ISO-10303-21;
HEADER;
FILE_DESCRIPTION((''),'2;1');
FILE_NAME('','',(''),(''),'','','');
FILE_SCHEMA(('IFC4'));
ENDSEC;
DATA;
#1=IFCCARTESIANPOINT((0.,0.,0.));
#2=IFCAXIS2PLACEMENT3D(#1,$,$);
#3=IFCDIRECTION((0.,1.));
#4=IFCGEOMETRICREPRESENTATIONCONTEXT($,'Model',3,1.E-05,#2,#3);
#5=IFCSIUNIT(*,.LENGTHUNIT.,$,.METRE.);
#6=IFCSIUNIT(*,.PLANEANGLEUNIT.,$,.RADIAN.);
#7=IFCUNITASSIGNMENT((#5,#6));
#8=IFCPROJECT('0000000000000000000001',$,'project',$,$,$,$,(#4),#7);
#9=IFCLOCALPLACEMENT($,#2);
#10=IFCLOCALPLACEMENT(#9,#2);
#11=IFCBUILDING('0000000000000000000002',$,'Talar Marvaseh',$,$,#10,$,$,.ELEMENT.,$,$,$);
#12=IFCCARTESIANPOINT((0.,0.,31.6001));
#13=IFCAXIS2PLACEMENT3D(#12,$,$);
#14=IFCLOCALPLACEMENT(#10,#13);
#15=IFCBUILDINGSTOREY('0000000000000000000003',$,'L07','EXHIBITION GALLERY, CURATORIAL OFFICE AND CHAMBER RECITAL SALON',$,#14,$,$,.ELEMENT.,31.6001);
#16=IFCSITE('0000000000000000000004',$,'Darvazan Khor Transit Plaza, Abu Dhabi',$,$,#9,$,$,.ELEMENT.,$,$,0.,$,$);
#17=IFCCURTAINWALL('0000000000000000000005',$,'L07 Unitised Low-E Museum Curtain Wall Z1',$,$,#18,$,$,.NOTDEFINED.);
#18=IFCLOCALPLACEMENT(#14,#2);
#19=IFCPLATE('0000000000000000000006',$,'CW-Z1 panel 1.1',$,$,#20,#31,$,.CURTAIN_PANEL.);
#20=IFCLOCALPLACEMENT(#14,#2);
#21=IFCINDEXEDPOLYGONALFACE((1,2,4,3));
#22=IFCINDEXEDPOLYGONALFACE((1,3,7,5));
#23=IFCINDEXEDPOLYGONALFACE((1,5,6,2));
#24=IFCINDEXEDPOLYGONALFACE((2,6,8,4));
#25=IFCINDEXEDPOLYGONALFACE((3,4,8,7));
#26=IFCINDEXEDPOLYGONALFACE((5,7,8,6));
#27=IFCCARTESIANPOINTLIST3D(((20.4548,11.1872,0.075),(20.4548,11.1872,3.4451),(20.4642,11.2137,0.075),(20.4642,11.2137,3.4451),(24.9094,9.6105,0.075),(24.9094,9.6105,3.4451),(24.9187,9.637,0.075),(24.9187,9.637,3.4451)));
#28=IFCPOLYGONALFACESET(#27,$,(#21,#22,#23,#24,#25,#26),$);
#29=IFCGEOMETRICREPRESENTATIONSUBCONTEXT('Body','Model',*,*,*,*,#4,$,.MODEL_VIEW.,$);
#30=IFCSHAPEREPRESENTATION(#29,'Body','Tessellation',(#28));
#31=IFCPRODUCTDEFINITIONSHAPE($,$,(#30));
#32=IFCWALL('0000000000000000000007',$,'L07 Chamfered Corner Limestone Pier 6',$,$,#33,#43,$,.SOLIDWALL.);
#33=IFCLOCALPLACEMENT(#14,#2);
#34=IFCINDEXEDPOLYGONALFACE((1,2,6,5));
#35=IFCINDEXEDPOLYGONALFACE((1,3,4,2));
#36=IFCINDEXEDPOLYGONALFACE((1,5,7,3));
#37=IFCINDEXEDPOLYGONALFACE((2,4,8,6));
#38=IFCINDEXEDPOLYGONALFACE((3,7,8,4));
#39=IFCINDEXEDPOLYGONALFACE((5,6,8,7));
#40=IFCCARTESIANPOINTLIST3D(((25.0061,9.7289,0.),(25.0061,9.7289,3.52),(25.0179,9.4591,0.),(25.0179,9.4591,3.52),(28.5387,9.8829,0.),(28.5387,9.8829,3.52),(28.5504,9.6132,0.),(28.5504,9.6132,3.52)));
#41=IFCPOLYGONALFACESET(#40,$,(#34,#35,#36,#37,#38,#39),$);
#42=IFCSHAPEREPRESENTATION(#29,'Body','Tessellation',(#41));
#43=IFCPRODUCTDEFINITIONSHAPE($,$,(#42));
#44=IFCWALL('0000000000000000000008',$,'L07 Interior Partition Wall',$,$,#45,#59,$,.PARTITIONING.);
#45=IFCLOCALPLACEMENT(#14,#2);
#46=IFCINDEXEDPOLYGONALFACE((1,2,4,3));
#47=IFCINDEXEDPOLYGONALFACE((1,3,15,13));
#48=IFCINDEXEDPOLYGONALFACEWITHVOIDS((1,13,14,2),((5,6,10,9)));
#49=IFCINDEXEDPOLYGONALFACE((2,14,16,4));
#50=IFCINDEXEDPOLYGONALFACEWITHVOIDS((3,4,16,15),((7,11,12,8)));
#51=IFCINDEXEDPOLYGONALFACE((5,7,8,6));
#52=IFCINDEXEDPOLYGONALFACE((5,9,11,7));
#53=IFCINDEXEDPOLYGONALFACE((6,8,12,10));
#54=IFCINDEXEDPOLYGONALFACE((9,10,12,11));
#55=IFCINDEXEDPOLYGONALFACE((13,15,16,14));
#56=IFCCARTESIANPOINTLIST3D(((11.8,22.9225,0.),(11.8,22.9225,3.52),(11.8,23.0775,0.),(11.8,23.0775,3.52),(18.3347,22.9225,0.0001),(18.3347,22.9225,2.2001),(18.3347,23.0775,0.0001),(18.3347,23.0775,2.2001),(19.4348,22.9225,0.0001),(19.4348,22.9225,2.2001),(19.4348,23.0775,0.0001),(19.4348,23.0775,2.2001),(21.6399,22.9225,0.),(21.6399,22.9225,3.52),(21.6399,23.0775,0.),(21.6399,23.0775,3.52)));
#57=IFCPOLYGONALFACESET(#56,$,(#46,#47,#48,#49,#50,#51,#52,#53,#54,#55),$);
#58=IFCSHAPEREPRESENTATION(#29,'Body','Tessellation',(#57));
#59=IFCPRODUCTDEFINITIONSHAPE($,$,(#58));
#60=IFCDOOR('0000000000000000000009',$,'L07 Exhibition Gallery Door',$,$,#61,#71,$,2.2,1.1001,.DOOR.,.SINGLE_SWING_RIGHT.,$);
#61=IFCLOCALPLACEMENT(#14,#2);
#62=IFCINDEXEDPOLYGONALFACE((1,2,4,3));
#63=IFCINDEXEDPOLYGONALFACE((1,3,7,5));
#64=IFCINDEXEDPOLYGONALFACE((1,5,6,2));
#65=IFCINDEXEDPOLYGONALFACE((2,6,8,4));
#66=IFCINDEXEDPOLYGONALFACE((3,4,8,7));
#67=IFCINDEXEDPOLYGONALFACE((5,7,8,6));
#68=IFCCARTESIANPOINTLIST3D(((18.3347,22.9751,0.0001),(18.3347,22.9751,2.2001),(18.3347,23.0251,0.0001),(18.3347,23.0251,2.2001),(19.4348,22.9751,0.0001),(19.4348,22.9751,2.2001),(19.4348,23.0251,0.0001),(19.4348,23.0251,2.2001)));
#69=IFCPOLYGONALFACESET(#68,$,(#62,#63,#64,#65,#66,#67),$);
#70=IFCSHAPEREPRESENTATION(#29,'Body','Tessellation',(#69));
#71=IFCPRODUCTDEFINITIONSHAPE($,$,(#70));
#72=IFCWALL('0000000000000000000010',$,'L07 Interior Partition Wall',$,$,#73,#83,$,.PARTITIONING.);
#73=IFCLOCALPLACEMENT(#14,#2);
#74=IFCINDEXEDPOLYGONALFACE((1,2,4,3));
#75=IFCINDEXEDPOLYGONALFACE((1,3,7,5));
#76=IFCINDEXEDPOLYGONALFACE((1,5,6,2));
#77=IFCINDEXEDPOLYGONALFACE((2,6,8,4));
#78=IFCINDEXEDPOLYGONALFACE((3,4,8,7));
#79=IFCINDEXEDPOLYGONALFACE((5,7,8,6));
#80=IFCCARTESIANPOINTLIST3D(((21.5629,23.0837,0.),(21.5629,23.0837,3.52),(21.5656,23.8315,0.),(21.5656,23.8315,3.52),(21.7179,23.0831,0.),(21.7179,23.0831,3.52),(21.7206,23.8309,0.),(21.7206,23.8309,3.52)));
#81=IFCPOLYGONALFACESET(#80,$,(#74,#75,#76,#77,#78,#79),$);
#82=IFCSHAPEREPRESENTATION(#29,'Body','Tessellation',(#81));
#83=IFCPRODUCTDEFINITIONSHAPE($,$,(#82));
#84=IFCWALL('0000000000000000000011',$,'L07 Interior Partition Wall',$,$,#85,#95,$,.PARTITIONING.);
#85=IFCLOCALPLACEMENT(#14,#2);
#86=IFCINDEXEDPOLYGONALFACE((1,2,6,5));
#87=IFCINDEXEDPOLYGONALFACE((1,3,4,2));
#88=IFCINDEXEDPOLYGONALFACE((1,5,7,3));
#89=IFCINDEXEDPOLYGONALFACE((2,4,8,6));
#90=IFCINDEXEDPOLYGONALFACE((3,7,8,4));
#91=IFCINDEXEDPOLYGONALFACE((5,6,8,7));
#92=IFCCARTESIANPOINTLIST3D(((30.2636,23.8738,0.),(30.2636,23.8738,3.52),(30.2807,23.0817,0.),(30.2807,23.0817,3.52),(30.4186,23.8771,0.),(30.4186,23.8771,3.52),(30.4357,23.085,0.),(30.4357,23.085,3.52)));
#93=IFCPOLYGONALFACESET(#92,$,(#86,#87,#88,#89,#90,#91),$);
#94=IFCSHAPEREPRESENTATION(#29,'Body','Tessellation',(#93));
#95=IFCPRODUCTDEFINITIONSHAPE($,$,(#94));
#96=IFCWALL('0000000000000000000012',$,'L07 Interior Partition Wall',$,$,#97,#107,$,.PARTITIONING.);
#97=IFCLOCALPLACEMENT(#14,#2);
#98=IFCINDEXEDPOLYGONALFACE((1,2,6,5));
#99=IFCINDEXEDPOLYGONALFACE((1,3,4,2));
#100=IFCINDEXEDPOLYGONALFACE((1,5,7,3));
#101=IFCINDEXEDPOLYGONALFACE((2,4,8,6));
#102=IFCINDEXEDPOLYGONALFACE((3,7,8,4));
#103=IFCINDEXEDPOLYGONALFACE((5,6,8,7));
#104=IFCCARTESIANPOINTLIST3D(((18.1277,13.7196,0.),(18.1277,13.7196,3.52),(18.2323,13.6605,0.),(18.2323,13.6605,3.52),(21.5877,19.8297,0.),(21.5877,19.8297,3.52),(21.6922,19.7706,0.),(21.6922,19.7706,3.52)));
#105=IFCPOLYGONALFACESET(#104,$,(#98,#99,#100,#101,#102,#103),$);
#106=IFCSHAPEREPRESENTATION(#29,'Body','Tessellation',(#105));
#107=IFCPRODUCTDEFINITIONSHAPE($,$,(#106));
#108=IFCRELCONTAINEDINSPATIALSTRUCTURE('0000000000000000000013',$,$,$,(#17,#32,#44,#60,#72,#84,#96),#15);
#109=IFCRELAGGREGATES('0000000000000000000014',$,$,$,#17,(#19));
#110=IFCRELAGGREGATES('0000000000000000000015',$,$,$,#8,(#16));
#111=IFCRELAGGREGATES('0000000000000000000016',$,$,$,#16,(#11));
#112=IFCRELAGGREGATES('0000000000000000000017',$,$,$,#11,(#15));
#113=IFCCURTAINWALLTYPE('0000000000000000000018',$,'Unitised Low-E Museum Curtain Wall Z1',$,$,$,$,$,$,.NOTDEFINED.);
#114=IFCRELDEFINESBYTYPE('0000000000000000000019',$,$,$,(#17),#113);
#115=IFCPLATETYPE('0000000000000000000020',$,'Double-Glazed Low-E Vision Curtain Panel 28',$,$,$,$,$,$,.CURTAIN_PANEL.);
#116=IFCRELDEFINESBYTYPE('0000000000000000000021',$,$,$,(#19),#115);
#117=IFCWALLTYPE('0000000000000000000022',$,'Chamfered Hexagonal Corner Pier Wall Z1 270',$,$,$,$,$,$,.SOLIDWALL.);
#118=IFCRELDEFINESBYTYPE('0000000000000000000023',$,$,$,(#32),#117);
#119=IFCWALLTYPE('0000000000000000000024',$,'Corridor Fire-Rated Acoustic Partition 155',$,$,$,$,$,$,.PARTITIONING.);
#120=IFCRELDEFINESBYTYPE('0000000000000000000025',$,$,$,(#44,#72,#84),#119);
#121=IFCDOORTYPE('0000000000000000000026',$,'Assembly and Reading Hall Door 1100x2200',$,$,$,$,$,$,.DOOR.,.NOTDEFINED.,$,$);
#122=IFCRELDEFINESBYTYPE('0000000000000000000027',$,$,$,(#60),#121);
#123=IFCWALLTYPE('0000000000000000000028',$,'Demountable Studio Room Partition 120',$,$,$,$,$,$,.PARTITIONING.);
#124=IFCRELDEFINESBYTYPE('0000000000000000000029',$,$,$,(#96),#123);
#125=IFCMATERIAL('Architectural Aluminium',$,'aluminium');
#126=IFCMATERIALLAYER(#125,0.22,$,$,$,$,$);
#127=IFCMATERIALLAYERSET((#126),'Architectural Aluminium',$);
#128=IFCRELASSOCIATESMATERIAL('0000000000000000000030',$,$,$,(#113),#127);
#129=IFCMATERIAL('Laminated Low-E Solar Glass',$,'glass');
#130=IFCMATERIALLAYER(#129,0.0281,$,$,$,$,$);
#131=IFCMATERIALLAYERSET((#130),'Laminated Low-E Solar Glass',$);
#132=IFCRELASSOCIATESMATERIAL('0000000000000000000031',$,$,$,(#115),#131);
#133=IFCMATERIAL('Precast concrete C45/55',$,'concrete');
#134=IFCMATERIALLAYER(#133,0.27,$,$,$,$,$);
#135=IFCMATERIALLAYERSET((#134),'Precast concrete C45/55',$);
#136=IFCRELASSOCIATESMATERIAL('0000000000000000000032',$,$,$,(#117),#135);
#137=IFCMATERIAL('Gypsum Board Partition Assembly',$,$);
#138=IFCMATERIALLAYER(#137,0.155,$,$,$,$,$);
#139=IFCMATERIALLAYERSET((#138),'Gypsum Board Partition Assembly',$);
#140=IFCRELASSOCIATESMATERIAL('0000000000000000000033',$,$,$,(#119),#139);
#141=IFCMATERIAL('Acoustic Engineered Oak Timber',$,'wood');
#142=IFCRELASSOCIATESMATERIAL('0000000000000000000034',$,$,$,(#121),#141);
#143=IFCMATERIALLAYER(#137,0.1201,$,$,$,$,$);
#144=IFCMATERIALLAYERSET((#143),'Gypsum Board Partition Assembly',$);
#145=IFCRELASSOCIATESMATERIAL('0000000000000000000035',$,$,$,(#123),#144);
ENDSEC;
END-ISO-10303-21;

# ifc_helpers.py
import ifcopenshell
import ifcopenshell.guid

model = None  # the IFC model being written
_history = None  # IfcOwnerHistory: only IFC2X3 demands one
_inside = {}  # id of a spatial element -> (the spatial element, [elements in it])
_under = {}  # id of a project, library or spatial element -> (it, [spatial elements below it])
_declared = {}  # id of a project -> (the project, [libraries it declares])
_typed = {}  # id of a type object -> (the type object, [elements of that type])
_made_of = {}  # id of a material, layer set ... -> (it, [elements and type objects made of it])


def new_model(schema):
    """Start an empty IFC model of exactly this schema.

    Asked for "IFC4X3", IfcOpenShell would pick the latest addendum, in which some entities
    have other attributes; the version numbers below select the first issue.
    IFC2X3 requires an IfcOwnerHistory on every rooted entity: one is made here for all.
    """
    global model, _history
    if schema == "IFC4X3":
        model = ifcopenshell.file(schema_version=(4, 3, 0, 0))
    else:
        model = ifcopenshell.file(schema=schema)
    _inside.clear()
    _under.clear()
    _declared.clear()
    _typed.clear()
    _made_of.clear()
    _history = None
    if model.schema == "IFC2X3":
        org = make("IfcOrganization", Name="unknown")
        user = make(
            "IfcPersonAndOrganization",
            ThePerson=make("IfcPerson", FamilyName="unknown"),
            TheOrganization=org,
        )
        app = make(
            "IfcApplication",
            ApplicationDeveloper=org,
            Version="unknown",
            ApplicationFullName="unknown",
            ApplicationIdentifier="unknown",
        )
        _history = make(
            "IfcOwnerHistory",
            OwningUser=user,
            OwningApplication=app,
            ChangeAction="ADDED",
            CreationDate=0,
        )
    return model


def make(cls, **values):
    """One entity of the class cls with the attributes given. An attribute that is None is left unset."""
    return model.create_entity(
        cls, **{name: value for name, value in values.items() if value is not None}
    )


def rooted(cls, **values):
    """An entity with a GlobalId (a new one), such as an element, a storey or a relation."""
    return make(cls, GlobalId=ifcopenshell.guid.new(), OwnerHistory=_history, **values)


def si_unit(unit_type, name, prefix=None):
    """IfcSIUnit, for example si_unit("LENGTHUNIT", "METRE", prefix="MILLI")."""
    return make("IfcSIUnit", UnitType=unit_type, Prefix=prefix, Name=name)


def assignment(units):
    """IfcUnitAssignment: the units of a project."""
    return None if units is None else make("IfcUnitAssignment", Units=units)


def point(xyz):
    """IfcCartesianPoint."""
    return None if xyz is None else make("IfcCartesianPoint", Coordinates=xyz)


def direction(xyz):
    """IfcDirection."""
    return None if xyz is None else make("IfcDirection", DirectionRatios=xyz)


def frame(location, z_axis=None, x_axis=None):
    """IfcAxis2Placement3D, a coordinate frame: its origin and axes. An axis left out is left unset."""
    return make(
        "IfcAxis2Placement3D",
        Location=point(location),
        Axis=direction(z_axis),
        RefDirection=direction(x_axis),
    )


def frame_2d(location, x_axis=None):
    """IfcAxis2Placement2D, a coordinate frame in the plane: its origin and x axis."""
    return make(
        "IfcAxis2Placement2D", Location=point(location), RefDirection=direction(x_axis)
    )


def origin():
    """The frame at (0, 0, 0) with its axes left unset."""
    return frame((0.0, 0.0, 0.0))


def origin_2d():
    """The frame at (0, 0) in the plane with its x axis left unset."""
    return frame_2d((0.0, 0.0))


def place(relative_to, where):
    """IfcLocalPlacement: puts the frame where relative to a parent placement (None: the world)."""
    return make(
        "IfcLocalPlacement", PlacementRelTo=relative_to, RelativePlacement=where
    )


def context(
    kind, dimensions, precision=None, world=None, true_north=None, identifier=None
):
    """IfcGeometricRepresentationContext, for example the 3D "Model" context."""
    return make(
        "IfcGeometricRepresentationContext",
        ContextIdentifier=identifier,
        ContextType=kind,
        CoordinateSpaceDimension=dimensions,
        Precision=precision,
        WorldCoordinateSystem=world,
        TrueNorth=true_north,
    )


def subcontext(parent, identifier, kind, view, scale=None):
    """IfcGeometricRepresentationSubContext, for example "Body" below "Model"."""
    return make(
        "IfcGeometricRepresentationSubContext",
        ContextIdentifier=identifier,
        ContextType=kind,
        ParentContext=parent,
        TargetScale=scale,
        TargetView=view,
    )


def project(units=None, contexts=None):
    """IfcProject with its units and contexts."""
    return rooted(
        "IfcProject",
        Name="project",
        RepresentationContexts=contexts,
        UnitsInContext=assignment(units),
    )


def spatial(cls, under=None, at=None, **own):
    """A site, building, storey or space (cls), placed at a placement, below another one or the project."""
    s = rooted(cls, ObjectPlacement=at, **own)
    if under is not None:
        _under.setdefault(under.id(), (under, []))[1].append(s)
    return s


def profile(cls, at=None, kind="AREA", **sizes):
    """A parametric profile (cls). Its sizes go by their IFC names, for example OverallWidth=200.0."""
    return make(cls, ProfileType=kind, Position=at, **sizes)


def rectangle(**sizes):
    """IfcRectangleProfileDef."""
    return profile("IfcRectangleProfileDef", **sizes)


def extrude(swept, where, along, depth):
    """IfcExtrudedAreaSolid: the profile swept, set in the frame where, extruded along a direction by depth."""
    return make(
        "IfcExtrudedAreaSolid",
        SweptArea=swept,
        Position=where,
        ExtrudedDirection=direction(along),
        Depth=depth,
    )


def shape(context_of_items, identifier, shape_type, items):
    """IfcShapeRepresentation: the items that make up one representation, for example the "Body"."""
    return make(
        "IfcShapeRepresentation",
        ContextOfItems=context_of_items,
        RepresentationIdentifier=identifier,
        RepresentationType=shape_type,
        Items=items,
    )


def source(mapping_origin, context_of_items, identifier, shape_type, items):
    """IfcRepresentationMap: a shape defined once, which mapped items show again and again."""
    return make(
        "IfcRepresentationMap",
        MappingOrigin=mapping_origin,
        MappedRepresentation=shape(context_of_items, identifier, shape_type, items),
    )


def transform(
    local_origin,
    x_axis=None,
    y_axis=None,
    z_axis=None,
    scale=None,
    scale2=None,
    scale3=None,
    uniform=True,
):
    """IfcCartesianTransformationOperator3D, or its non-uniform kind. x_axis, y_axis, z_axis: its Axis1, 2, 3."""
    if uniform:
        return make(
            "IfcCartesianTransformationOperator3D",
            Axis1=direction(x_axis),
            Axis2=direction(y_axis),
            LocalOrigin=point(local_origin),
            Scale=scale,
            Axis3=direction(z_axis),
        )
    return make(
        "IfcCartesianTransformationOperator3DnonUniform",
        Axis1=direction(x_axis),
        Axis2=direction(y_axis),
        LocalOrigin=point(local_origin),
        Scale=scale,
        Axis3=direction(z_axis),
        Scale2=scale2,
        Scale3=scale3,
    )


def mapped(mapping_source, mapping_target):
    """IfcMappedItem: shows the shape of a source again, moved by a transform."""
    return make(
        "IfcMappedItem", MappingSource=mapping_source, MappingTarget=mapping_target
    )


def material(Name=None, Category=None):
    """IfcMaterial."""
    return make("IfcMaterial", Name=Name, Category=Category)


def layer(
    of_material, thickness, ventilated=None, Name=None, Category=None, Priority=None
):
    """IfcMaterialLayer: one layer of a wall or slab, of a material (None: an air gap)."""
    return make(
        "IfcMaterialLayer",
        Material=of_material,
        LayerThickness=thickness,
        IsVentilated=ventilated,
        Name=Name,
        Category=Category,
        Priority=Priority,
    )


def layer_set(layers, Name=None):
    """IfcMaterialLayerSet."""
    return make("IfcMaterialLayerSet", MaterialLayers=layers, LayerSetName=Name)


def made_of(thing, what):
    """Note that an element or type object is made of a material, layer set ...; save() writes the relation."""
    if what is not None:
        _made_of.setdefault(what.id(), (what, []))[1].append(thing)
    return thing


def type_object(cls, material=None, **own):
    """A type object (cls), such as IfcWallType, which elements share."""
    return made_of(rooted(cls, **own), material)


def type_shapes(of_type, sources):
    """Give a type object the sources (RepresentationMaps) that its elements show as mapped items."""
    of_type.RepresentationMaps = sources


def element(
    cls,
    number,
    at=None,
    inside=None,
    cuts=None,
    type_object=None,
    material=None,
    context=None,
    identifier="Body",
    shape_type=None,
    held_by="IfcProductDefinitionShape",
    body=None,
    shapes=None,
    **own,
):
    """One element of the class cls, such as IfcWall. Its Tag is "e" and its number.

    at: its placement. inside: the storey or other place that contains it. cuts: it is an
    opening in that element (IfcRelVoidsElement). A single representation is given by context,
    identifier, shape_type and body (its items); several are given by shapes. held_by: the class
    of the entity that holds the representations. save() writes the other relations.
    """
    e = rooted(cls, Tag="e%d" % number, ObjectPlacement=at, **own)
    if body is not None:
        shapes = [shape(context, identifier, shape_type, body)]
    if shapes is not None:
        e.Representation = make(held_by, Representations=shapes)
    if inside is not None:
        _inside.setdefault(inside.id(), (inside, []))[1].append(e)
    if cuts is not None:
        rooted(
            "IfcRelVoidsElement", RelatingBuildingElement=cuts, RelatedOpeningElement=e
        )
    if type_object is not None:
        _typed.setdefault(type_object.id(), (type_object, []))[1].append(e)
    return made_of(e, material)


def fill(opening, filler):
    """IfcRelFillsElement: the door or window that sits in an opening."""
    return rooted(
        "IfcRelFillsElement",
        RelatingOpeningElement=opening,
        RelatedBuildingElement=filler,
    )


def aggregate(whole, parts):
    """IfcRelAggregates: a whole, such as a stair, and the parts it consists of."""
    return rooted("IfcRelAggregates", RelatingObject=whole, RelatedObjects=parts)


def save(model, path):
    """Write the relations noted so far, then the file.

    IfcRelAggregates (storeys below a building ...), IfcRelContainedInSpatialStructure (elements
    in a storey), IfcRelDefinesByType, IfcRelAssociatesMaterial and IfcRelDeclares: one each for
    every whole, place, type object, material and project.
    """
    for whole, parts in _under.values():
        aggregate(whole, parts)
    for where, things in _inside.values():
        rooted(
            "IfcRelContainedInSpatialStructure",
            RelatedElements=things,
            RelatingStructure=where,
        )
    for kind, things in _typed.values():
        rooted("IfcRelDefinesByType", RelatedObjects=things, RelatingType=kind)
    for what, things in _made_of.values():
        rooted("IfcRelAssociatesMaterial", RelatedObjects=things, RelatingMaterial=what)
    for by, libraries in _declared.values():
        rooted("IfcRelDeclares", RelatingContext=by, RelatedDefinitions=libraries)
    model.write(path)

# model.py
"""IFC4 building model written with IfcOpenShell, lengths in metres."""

from ifc_helpers import new_model, si_unit, direction, frame, frame_2d, origin, origin_2d, place, context, subcontext, project, spatial, rectangle, extrude, source, transform, mapped, material, layer, layer_set, type_object, type_shapes, element, fill, aggregate, save


model = new_model("IFC4")

# Units and contexts
model_context = context("Model", 3, precision=1e-05, world=origin(), true_north=direction((0.0, 1.0)))
body_context = subcontext(model_context, "Body", "Model", "MODEL_VIEW")
ifc_project = project(units=[si_unit("LENGTHUNIT", "METRE"), si_unit("PLANEANGLEUNIT", "RADIAN")], contexts=[model_context])

# Site, building, storey
site_placement = place(None, origin())
site = spatial("IfcSite", under=ifc_project, at=site_placement, Name="Darvazan Khor Transit Plaza, Abu Dhabi", CompositionType="ELEMENT", RefElevation=0.0)
building_placement = place(site_placement, origin())
building = spatial("IfcBuilding", under=site, at=building_placement, Name="Talar Marvaseh", CompositionType="ELEMENT")
storey_placement = place(building_placement, frame((0.0, 0.0, 31.6001)))
storey = spatial("IfcBuildingStorey", under=building, at=storey_placement, Name="L07", Description="EXHIBITION GALLERY, CURATORIAL OFFICE AND CHAMBER RECITAL SALON", CompositionType="ELEMENT", Elevation=31.6001)

# Shared definitions
ifc_material_1 = material(Name="Architectural Aluminium", Category="aluminium")
ifc_layer_1 = layer(ifc_material_1, 0.22)
ifc_layer_set_1 = layer_set([ifc_layer_1], Name="Architectural Aluminium")
curtain_wall_type = type_object("IfcCurtainWallType", Name="Unitised Low-E Museum Curtain Wall Z1", PredefinedType="NOTDEFINED", material=ifc_layer_set_1)

# Curtain wall
curtain_wall_1_placement = place(storey_placement, origin())
curtain_wall_1 = element("IfcCurtainWall", 1, at=curtain_wall_1_placement, inside=storey, type_object=curtain_wall_type, Name="L07 Unitised Low-E Museum Curtain Wall Z1", PredefinedType="NOTDEFINED")

# Plate
ifc_material_2 = material(Name="Laminated Low-E Solar Glass", Category="glass")
ifc_layer_2 = layer(ifc_material_2, 0.0281)
ifc_layer_set_2 = layer_set([ifc_layer_2], Name="Laminated Low-E Solar Glass")
plate_type = type_object("IfcPlateType", Name="Double-Glazed Low-E Vision Curtain Panel 28", PredefinedType="CURTAIN_PANEL", material=ifc_layer_set_2)
shared_shape_1 = source(origin(), body_context, "Body", "SweptSolid", [
    extrude(rectangle(XDim=4.7253, YDim=0.0281, at=origin_2d()), origin(), (0.0, 0.0, 1.0), 3.3701),
])
type_shapes(plate_type, [shared_shape_1])
plate_1_placement = place(storey_placement, frame((22.6868, 10.4121, 0.075), z_axis=(0.0, 0.0, 1.0), x_axis=(-0.942693, 0.333661, 0.0)))
plate_1 = element("IfcPlate", 2, at=plate_1_placement, type_object=plate_type, Name="CW-Z1 panel 1.1", PredefinedType="CURTAIN_PANEL", context=body_context, shape_type="MappedRepresentation", body=[
    mapped(shared_shape_1, transform((0.0, 0.0, 0.0), x_axis=(1.0, 0.0, 0.0), y_axis=(0.0, 1.0, 0.0), z_axis=(0.0, 0.0, 1.0), scale=1.0)),
])
aggregate(curtain_wall_1, [plate_1])

# Wall
ifc_material_3 = material(Name="Precast concrete C45/55", Category="concrete")
ifc_layer_3 = layer(ifc_material_3, 0.27)
ifc_layer_set_3 = layer_set([ifc_layer_3], Name="Precast concrete C45/55")
wall_type_1 = type_object("IfcWallType", Name="Chamfered Hexagonal Corner Pier Wall Z1 270", PredefinedType="SOLIDWALL", material=ifc_layer_set_3)
wall_1_placement = place(storey_placement, frame((28.5447, 9.748, 0.0), z_axis=(0.0, 0.0, 1.0), x_axis=(-0.99905, -0.043569, 0.0)))
element("IfcWall", 3, at=wall_1_placement, inside=storey, type_object=wall_type_1, Name="L07 Chamfered Corner Limestone Pier 6", PredefinedType="SOLIDWALL", context=body_context, shape_type="SweptSolid", body=[
    extrude(rectangle(XDim=3.5359, YDim=0.27, at=frame_2d((1.7681, 0.0))), origin(), (0.0, 0.0, 1.0), 3.52),
])

# Wall, opening, door
ifc_material_4 = material(Name="Gypsum Board Partition Assembly")
ifc_layer_4 = layer(ifc_material_4, 0.155)
ifc_layer_set_4 = layer_set([ifc_layer_4], Name="Gypsum Board Partition Assembly")
wall_type_2 = type_object("IfcWallType", Name="Corridor Fire-Rated Acoustic Partition 155", PredefinedType="PARTITIONING", material=ifc_layer_set_4)
wall_2_placement = place(storey_placement, frame((21.6399, 23.0, 0.0), z_axis=(0.0, 0.0, 1.0), x_axis=(-1.0, 0.0, 0.0)))
wall_2 = element("IfcWall", 4, at=wall_2_placement, inside=storey, type_object=wall_type_2, Name="L07 Interior Partition Wall", PredefinedType="PARTITIONING", context=body_context, shape_type="SweptSolid", body=[
    extrude(rectangle(XDim=9.8398, YDim=0.155, at=frame_2d((4.9199, 0.0))), origin(), (0.0, 0.0, 1.0), 3.52),
])
opening_placement = place(wall_2_placement, frame((2.2051, 0.0, 0.0)))
opening = element("IfcOpeningElement", 5, at=opening_placement, cuts=wall_2, PredefinedType="OPENING", context=body_context, shape_type="SweptSolid", body=[
    extrude(rectangle(XDim=1.1001, YDim=2.2, at=frame_2d((0.55, 1.1001))), frame((0.0, 0.0874, 0.0), z_axis=(0.0, -1.0, 0.0), x_axis=(1.0, 0.0, 0.0)), (0.0, 0.0, 1.0), 0.175),
])
ifc_material_5 = material(Name="Acoustic Engineered Oak Timber", Category="wood")
door_type = type_object("IfcDoorType", Name="Assembly and Reading Hall Door 1100x2200", OperationType="NOTDEFINED", PredefinedType="DOOR", material=ifc_material_5)
shared_shape_2 = source(origin(), body_context, "Body", "SweptSolid", [
    extrude(rectangle(XDim=1.1001, YDim=2.2, at=frame_2d((0.55, 1.1001))), frame((0.0, 0.0249, 0.0), z_axis=(0.0, -1.0, 0.0), x_axis=(1.0, 0.0, 0.0)), (0.0, 0.0, 1.0), 0.05),
])
type_shapes(door_type, [shared_shape_2])
door_placement = place(opening_placement, origin())
door = element("IfcDoor", 6, at=door_placement, inside=storey, type_object=door_type, Name="L07 Exhibition Gallery Door", OperationType="SINGLE_SWING_RIGHT", OverallHeight=2.2, OverallWidth=1.1001, PredefinedType="DOOR", context=body_context, shape_type="MappedRepresentation", body=[
    mapped(shared_shape_2, transform((0.0, 0.0, 0.0), x_axis=(1.0, 0.0, 0.0), y_axis=(0.0, 1.0, 0.0), z_axis=(0.0, 0.0, 1.0), scale=1.0)),
])
fill(opening, door)

# Walls
wall_3_placement = place(storey_placement, frame((21.6431, 23.8313, 0.0), z_axis=(0.0, 0.0, 1.0), x_axis=(-0.003591, -0.999994, 0.0)))
element("IfcWall", 7, at=wall_3_placement, inside=storey, type_object=wall_type_2, Name="L07 Interior Partition Wall", PredefinedType="PARTITIONING", context=body_context, shape_type="SweptSolid", body=[
    extrude(rectangle(XDim=0.7478, YDim=0.155, at=frame_2d((0.374, 0.0))), origin(), (0.0, 0.0, 1.0), 3.52),
])
wall_4_placement = place(storey_placement, frame((30.3582, 23.0835, 0.0), z_axis=(0.0, 0.0, 1.0), x_axis=(-0.021573, 0.999767, 0.0)))
element("IfcWall", 8, at=wall_4_placement, inside=storey, type_object=wall_type_2, Name="L07 Interior Partition Wall", PredefinedType="PARTITIONING", context=body_context, shape_type="SweptSolid", body=[
    extrude(rectangle(XDim=0.7922, YDim=0.155, at=frame_2d((0.396, 0.0))), origin(), (0.0, 0.0, 1.0), 3.52),
])
ifc_layer_5 = layer(ifc_material_4, 0.1201)
ifc_layer_set_5 = layer_set([ifc_layer_5], Name="Gypsum Board Partition Assembly")
wall_type_3 = type_object("IfcWallType", Name="Demountable Studio Room Partition 120", PredefinedType="PARTITIONING", material=ifc_layer_set_5)
wall_5_placement = place(storey_placement, frame((21.6399, 19.8, 0.0), z_axis=(0.0, 0.0, 1.0), x_axis=(-0.49275, -0.870171, 0.0)))
element("IfcWall", 9, at=wall_5_placement, inside=storey, type_object=wall_type_3, Name="L07 Interior Partition Wall", PredefinedType="PARTITIONING", context=body_context, shape_type="SweptSolid", body=[
    extrude(rectangle(XDim=7.0217, YDim=0.1201, at=frame_2d((3.5107, 0.0))), origin(), (0.0, 0.0, 1.0), 3.52),
])

save(model, "model.ifc")
